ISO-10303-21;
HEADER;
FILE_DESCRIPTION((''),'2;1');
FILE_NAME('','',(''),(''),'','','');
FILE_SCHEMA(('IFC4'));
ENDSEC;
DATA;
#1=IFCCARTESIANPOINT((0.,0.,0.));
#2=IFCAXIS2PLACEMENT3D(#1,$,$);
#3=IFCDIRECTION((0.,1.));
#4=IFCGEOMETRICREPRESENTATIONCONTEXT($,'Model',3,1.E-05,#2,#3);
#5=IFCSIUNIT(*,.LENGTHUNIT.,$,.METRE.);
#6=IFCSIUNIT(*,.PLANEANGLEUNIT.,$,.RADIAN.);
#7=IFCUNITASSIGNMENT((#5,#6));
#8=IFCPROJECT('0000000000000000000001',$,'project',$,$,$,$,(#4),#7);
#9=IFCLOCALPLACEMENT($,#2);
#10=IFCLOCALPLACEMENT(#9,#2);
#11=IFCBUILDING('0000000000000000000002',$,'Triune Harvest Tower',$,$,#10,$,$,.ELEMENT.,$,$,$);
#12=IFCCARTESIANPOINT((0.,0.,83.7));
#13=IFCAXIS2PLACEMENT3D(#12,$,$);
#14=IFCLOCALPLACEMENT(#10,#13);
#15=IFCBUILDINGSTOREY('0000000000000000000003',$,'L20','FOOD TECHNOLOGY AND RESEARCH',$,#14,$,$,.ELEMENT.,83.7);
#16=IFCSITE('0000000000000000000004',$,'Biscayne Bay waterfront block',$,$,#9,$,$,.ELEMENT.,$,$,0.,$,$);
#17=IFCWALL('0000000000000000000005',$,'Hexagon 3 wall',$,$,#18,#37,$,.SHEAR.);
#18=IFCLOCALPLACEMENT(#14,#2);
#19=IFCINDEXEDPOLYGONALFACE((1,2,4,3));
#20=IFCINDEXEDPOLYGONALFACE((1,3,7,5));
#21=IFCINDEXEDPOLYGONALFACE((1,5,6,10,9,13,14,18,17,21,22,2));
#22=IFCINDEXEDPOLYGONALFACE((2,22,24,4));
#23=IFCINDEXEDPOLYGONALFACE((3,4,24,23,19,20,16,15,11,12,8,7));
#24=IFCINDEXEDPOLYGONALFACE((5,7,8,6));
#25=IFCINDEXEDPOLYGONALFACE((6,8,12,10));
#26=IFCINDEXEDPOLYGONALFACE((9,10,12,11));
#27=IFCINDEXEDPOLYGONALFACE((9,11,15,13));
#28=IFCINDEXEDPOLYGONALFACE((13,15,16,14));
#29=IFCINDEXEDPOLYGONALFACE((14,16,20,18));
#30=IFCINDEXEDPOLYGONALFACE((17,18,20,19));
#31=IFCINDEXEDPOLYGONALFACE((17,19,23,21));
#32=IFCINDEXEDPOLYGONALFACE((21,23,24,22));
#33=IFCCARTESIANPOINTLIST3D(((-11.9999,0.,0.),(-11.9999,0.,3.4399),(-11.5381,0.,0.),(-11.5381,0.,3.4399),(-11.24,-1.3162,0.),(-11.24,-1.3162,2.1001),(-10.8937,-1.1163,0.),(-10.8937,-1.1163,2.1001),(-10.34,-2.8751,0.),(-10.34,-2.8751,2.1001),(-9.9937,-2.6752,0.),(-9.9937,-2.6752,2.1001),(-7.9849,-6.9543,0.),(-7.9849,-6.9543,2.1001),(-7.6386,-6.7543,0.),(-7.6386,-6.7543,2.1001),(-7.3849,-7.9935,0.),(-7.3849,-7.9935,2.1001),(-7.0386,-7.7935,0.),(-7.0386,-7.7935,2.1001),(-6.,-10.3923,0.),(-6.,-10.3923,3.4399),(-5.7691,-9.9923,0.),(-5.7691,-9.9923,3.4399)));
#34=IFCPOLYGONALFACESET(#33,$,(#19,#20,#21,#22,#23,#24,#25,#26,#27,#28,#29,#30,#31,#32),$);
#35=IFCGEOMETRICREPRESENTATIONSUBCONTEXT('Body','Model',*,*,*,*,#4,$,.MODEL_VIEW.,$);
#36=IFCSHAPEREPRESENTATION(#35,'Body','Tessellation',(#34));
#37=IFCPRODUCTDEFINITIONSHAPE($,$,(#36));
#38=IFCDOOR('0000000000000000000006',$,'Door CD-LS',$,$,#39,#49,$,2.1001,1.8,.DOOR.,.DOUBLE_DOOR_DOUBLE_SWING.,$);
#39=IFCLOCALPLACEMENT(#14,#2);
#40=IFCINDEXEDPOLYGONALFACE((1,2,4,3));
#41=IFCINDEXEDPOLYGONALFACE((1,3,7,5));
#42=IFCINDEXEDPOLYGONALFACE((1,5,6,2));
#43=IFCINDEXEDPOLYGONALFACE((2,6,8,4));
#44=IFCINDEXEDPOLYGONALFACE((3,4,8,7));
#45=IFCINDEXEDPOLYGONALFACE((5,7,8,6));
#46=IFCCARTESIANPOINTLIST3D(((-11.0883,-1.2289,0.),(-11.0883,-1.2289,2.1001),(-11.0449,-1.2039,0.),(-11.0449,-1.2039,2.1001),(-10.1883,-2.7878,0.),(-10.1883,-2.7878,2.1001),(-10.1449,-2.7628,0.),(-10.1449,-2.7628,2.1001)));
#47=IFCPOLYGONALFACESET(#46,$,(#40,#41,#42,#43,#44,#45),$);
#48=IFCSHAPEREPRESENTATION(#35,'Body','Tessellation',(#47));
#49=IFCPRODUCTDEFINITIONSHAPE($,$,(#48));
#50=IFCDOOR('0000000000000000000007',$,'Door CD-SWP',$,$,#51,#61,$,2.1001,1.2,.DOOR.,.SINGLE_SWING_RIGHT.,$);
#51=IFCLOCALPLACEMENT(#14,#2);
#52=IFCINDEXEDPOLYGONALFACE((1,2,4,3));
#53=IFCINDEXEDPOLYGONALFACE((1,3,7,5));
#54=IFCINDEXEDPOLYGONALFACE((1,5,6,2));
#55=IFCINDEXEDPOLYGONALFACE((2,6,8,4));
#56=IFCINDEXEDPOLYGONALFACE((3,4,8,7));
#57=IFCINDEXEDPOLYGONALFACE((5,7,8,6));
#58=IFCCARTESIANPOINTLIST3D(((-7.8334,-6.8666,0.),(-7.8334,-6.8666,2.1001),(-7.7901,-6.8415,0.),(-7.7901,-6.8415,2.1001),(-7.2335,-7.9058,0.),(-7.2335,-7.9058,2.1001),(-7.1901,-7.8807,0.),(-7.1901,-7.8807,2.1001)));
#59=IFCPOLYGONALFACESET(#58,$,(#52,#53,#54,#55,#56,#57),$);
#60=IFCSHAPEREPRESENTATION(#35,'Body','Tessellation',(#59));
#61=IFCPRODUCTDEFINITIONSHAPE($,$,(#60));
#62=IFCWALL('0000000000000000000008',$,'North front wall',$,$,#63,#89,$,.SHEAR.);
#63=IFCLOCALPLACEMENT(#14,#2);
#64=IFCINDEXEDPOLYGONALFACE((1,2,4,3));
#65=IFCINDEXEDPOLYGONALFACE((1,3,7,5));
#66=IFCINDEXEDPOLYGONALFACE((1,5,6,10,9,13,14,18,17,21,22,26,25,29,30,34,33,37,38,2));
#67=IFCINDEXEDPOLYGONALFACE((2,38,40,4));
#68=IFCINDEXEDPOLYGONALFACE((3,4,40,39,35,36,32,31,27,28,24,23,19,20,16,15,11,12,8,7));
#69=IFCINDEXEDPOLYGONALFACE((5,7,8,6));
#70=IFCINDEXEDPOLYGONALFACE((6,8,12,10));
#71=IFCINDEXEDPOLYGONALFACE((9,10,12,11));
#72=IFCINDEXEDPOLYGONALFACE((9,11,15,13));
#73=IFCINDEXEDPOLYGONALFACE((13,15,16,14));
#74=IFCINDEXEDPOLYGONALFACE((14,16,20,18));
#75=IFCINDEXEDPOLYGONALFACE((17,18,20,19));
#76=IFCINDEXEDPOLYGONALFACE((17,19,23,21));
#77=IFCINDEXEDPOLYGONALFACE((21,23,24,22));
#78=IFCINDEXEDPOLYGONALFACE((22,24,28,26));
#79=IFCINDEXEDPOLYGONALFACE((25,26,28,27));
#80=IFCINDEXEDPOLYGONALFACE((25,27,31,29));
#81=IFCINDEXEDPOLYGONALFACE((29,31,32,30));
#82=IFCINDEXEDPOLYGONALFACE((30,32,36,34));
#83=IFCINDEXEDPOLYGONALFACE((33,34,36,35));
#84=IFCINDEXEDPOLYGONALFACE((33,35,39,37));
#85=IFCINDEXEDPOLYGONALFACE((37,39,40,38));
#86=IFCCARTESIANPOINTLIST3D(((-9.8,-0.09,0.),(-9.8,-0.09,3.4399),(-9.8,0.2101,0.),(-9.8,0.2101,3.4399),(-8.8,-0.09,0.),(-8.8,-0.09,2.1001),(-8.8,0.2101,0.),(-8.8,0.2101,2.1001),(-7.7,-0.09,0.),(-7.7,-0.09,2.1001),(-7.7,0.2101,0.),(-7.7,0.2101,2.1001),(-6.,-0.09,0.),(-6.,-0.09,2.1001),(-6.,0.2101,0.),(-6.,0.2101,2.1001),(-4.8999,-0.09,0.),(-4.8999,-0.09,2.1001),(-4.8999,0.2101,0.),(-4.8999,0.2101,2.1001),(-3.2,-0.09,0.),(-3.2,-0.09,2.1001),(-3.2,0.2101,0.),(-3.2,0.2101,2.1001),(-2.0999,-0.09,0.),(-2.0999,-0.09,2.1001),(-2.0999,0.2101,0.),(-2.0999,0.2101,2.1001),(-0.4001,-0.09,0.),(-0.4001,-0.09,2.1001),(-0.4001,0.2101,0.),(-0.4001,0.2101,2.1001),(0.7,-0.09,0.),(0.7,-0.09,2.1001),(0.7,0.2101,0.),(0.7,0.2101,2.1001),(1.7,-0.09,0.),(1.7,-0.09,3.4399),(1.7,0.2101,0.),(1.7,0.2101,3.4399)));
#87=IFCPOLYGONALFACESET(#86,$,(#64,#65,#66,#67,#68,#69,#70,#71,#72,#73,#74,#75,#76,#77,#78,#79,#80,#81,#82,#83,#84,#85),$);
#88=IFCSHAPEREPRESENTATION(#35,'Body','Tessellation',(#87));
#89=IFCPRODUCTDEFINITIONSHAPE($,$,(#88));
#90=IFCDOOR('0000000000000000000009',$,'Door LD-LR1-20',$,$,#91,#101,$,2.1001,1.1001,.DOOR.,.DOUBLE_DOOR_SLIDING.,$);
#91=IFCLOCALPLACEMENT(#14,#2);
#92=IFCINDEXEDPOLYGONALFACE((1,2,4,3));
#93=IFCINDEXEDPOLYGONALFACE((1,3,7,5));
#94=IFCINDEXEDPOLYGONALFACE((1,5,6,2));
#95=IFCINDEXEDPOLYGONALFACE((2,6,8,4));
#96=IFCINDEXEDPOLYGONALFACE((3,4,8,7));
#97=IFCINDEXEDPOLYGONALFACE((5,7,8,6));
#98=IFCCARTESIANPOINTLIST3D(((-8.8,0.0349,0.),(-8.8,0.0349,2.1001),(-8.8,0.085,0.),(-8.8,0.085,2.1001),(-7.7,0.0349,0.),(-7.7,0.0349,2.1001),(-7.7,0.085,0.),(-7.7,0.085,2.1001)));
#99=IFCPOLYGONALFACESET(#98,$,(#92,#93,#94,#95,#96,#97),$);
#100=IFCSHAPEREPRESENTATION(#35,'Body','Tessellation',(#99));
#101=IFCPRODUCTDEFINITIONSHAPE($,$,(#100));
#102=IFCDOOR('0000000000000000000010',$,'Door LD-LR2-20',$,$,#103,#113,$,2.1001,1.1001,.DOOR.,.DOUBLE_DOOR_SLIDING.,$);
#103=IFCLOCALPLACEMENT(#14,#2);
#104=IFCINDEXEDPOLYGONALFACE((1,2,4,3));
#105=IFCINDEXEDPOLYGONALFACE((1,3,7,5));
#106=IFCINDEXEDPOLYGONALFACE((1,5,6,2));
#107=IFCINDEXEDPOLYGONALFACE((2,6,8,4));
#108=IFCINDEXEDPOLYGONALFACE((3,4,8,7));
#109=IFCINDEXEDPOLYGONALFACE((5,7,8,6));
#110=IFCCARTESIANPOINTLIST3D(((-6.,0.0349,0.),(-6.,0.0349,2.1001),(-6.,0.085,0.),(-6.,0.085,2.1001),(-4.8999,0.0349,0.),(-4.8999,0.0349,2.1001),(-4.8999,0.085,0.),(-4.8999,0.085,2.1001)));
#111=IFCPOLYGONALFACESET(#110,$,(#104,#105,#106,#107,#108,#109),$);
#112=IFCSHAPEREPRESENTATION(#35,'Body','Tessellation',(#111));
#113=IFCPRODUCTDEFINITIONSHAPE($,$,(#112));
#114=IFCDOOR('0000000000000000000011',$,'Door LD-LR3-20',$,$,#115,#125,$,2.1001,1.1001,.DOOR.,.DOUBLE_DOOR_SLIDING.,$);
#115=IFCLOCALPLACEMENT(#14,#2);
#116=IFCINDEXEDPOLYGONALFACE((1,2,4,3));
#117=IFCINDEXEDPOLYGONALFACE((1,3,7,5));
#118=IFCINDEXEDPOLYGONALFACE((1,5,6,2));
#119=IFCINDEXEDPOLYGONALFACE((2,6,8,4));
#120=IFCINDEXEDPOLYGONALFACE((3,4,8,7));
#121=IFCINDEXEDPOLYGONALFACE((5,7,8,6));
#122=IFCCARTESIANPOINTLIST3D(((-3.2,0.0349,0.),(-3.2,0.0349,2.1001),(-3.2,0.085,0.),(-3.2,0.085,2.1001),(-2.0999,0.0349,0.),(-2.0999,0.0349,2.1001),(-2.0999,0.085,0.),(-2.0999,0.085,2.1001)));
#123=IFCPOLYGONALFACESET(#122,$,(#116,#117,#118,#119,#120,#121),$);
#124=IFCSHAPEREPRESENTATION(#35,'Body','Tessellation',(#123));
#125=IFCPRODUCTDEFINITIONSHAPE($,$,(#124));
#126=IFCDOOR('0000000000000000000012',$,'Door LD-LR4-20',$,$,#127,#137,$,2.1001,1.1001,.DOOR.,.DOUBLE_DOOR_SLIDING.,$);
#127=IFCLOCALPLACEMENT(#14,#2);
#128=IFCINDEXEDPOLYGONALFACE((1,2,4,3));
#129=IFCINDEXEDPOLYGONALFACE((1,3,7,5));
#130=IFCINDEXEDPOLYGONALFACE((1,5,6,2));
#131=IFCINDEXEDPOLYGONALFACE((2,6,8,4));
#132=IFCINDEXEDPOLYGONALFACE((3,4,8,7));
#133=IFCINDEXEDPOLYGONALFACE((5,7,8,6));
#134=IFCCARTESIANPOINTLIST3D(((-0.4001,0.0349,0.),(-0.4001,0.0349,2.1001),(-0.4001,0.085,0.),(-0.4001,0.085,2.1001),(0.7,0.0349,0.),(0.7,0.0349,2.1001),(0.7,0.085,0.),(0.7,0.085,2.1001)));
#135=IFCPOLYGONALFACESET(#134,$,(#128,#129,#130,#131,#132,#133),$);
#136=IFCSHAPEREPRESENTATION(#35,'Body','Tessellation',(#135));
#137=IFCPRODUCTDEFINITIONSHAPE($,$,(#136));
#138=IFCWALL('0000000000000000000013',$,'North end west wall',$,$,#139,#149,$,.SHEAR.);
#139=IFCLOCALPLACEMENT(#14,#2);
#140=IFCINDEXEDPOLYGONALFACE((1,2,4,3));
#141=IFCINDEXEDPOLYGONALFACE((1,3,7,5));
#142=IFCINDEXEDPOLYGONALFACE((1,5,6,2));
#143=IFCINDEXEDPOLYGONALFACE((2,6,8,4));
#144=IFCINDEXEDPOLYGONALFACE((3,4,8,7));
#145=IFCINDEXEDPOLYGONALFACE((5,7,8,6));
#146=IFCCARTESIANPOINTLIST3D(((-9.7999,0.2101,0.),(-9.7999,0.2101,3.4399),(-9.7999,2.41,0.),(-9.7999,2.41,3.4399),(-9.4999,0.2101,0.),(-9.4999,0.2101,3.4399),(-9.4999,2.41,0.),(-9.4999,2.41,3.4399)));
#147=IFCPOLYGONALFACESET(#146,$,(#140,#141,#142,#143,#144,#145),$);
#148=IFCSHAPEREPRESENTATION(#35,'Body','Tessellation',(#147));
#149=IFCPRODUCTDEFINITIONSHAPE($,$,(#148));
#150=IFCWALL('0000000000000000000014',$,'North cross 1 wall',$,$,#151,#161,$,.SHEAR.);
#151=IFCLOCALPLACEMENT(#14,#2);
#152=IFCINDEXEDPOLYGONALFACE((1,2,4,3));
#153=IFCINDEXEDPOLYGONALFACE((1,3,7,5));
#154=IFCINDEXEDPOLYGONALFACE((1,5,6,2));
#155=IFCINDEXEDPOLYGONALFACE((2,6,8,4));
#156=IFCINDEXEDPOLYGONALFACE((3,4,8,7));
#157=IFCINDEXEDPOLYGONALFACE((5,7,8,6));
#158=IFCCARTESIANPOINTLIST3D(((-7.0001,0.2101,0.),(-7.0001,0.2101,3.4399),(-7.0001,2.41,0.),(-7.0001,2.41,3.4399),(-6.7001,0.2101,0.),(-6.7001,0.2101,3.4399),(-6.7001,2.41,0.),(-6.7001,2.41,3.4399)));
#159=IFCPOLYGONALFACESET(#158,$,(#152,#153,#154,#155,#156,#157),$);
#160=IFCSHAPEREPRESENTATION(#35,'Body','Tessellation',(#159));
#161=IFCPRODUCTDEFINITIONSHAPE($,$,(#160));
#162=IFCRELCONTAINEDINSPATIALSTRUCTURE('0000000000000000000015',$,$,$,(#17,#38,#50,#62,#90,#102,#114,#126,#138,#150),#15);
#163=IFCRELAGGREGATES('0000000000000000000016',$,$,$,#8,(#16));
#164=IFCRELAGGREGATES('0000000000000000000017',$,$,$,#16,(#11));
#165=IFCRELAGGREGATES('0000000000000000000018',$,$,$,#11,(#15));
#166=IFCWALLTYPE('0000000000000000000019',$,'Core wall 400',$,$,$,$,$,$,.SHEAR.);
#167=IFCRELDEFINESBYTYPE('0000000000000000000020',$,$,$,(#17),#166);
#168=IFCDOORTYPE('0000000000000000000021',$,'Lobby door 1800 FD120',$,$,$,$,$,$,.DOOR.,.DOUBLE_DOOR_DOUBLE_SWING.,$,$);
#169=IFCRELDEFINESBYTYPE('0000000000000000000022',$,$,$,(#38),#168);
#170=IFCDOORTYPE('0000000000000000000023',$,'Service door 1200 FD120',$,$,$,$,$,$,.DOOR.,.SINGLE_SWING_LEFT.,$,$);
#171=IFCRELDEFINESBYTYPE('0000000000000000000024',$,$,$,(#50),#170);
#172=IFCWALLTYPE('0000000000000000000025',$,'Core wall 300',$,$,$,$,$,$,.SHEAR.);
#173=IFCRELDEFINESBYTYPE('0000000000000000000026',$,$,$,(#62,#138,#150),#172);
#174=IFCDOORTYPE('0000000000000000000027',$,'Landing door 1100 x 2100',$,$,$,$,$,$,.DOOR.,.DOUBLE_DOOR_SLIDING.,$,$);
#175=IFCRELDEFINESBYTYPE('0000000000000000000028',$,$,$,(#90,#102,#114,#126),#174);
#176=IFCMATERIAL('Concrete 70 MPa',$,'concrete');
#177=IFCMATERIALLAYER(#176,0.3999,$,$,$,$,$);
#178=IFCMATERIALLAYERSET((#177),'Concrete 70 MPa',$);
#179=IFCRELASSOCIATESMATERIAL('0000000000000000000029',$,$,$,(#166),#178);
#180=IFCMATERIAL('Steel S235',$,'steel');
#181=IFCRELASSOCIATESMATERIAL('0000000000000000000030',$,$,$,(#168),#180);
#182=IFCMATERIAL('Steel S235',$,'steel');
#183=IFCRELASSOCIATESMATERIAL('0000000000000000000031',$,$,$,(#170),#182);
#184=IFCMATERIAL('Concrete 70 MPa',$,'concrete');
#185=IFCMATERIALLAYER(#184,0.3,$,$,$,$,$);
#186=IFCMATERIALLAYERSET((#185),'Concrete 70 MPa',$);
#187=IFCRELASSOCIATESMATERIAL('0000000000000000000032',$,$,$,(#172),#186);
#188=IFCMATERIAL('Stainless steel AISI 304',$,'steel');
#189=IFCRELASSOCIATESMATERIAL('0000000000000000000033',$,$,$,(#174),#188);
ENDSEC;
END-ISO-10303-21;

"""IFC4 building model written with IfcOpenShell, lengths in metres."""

from ifc_helpers import new_model, si_unit, direction, frame, frame_2d, origin, place, context, subcontext, project, spatial, polyline, rectangle, outline, extrude, source, transform, mapped, material, layer, layer_set, type_object, element, fill, save


model = new_model("IFC4")

# Units and contexts
model_context = context("Model", 3, precision=1e-05, world=origin(), true_north=direction((0.0, 1.0)))
body_context = subcontext(model_context, "Body", "Model", "MODEL_VIEW")
ifc_project = project(units=[si_unit("LENGTHUNIT", "METRE"), si_unit("PLANEANGLEUNIT", "RADIAN")], contexts=[model_context])

# Site, building, storey
site_placement = place(None, origin())
site = spatial("IfcSite", under=ifc_project, at=site_placement, Name="Biscayne Bay waterfront block", CompositionType="ELEMENT", RefElevation=0.0)
building_placement = place(site_placement, origin())
building = spatial("IfcBuilding", under=site, at=building_placement, Name="Triune Harvest Tower", CompositionType="ELEMENT")
storey_placement = place(building_placement, frame((0.0, 0.0, 83.7)))
storey = spatial("IfcBuildingStorey", under=building, at=storey_placement, Name="L20", Description="FOOD TECHNOLOGY AND RESEARCH", CompositionType="ELEMENT", Elevation=83.7)

# Walls, openings, doors
ifc_material_1 = material(Name="Concrete 70 MPa", Category="concrete")
ifc_layer_1 = layer(ifc_material_1, 0.3999)
ifc_layer_set_1 = layer_set([ifc_layer_1], Name="Concrete 70 MPa")
wall_type_1 = type_object("IfcWallType", Name="Core wall 400", PredefinedType="SHEAR", material=ifc_layer_set_1)
shared_shape_1 = source(origin(), body_context, "Body", "SweptSolid", [
    extrude(outline(polyline([(-0.1155, -0.2), (11.8845, -0.2), (11.6536, 0.2), (0.1155, 0.2), (-0.1155, -0.2)])), origin(), (0.0, 0.0, 1.0), 3.4399),
])
wall_1_placement = place(storey_placement, frame((-11.769, 0.0, 0.0), z_axis=(0.0, 0.0, 1.0), x_axis=(0.499997, -0.866027, 0.0)))
wall_1 = element("IfcWall", 1, at=wall_1_placement, inside=storey, type_object=wall_type_1, Name="Hexagon 3 wall", PredefinedType="SHEAR", context=body_context, shape_type="MappedRepresentation", body=[
    mapped(shared_shape_1, transform((0.0, 0.0, 0.0), scale=1.0)),
])
opening_1_placement = place(wall_1_placement, frame((1.4045, 0.0, 0.0)))
opening_1 = element("IfcOpeningElement", 2, at=opening_1_placement, cuts=wall_1, PredefinedType="OPENING", context=body_context, shape_type="SweptSolid", body=[
    extrude(rectangle(XDim=1.8, YDim=2.1001, at=frame_2d((0.8999, 1.05))), frame((0.0, 0.21, 0.0), z_axis=(0.0, -1.0, 0.0), x_axis=(1.0, 0.0, 0.0)), (0.0, 0.0, 1.0), 0.4199),
])
opening_2_placement = place(wall_1_placement, frame((7.9146, 0.0, 0.0)))
opening_2 = element("IfcOpeningElement", 3, at=opening_2_placement, cuts=wall_1, PredefinedType="OPENING", context=body_context, shape_type="SweptSolid", body=[
    extrude(rectangle(XDim=1.2, YDim=2.1001, at=frame_2d((0.6001, 1.05))), frame((0.0, 0.21, 0.0), z_axis=(0.0, -1.0, 0.0), x_axis=(1.0, 0.0, 0.0)), (0.0, 0.0, 1.0), 0.4199),
])
ifc_material_2 = material(Name="Steel S235", Category="steel")
door_type_1 = type_object("IfcDoorType", Name="Lobby door 1800 FD120", OperationType="DOUBLE_DOOR_DOUBLE_SWING", PredefinedType="DOOR", material=ifc_material_2)
door_1_placement = place(opening_1_placement, frame((1.8, 0.0, 0.0), z_axis=(0.0, 0.0, 1.0), x_axis=(-1.0, 0.0, 0.0)))
door_1 = element("IfcDoor", 4, at=door_1_placement, inside=storey, type_object=door_type_1, Name="Door CD-LS", OperationType="DOUBLE_DOOR_DOUBLE_SWING", OverallHeight=2.1001, OverallWidth=1.8, PredefinedType="DOOR", context=body_context, shape_type="SweptSolid", body=[
    extrude(rectangle(XDim=1.8, YDim=2.1001, at=frame_2d((0.8999, 1.05))), frame((0.0, 0.0249, 0.0), z_axis=(0.0, -1.0, 0.0), x_axis=(1.0, 0.0, 0.0)), (0.0, 0.0, 1.0), 0.05),
])
fill(opening_1, door_1)
ifc_material_3 = material(Name="Steel S235", Category="steel")
door_type_2 = type_object("IfcDoorType", Name="Service door 1200 FD120", OperationType="SINGLE_SWING_LEFT", PredefinedType="DOOR", material=ifc_material_3)
door_2_placement = place(opening_2_placement, frame((1.2, 0.0, 0.0), z_axis=(0.0, 0.0, 1.0), x_axis=(-1.0, 0.0, 0.0)))
door_2 = element("IfcDoor", 5, at=door_2_placement, inside=storey, type_object=door_type_2, Name="Door CD-SWP", OperationType="SINGLE_SWING_RIGHT", OverallHeight=2.1001, OverallWidth=1.2, PredefinedType="DOOR", context=body_context, shape_type="SweptSolid", body=[
    extrude(rectangle(XDim=1.2, YDim=2.1001, at=frame_2d((0.6001, 1.05))), frame((0.0, 0.0249, 0.0), z_axis=(0.0, -1.0, 0.0), x_axis=(1.0, 0.0, 0.0)), (0.0, 0.0, 1.0), 0.05),
])
fill(opening_2, door_2)
ifc_material_4 = material(Name="Concrete 70 MPa", Category="concrete")
ifc_layer_2 = layer(ifc_material_4, 0.3)
ifc_layer_set_2 = layer_set([ifc_layer_2], Name="Concrete 70 MPa")
wall_type_2 = type_object("IfcWallType", Name="Core wall 300", PredefinedType="SHEAR", material=ifc_layer_set_2)
shared_shape_2 = source(origin(), body_context, "Body", "SweptSolid", [
    extrude(rectangle(XDim=11.5, YDim=0.3, at=frame_2d((5.75, 0.0))), origin(), (0.0, 0.0, 1.0), 3.4399),
])
wall_2_placement = place(storey_placement, frame((-9.8, 0.0601, 0.0), z_axis=(0.0, 0.0, 1.0), x_axis=(1.0, 0.0, 0.0)))
wall_2 = element("IfcWall", 6, at=wall_2_placement, inside=storey, type_object=wall_type_2, Name="North front wall", PredefinedType="SHEAR", context=body_context, shape_type="MappedRepresentation", body=[
    mapped(shared_shape_2, transform((0.0, 0.0, 0.0), scale=1.0)),
])
opening_3_placement = place(wall_2_placement, frame((1.0, 0.0, 0.0)))
opening_3 = element("IfcOpeningElement", 7, at=opening_3_placement, cuts=wall_2, PredefinedType="OPENING", context=body_context, shape_type="SweptSolid", body=[
    extrude(rectangle(XDim=1.1001, YDim=2.1001, at=frame_2d((0.55, 1.05))), frame((0.0, 0.1602, 0.0), z_axis=(0.0, -1.0, 0.0), x_axis=(1.0, 0.0, 0.0)), (0.0, 0.0, 1.0), 0.3201),
])
opening_4_placement = place(wall_2_placement, frame((3.8, 0.0, 0.0)))
opening_4 = element("IfcOpeningElement", 8, at=opening_4_placement, cuts=wall_2, PredefinedType="OPENING", context=body_context, shape_type="SweptSolid", body=[
    extrude(rectangle(XDim=1.1001, YDim=2.1001, at=frame_2d((0.55, 1.05))), frame((0.0, 0.1602, 0.0), z_axis=(0.0, -1.0, 0.0), x_axis=(1.0, 0.0, 0.0)), (0.0, 0.0, 1.0), 0.3201),
])
opening_5_placement = place(wall_2_placement, frame((6.6001, 0.0, 0.0)))
opening_5 = element("IfcOpeningElement", 9, at=opening_5_placement, cuts=wall_2, PredefinedType="OPENING", context=body_context, shape_type="SweptSolid", body=[
    extrude(rectangle(XDim=1.1001, YDim=2.1001, at=frame_2d((0.55, 1.05))), frame((0.0, 0.1602, 0.0), z_axis=(0.0, -1.0, 0.0), x_axis=(1.0, 0.0, 0.0)), (0.0, 0.0, 1.0), 0.3201),
])
opening_6_placement = place(wall_2_placement, frame((9.3999, 0.0, 0.0)))
opening_6 = element("IfcOpeningElement", 10, at=opening_6_placement, cuts=wall_2, PredefinedType="OPENING", context=body_context, shape_type="SweptSolid", body=[
    extrude(rectangle(XDim=1.1001, YDim=2.1001, at=frame_2d((0.55, 1.05))), frame((0.0, 0.1602, 0.0), z_axis=(0.0, -1.0, 0.0), x_axis=(1.0, 0.0, 0.0)), (0.0, 0.0, 1.0), 0.3201),
])
ifc_material_5 = material(Name="Stainless steel AISI 304", Category="steel")
door_type_3 = type_object("IfcDoorType", Name="Landing door 1100 x 2100", OperationType="DOUBLE_DOOR_SLIDING", PredefinedType="DOOR", material=ifc_material_5)
door_3_placement = place(opening_3_placement, origin())
door_3 = element("IfcDoor", 11, at=door_3_placement, inside=storey, type_object=door_type_3, Name="Door LD-LR1-20", OperationType="DOUBLE_DOOR_SLIDING", OverallHeight=2.1001, OverallWidth=1.1001, PredefinedType="DOOR", context=body_context, shape_type="SweptSolid", body=[
    extrude(rectangle(XDim=1.1001, YDim=2.1001, at=frame_2d((0.55, 1.05))), frame((0.0, 0.0249, 0.0), z_axis=(0.0, -1.0, 0.0), x_axis=(1.0, 0.0, 0.0)), (0.0, 0.0, 1.0), 0.05),
])
fill(opening_3, door_3)
door_4_placement = place(opening_4_placement, origin())
door_4 = element("IfcDoor", 12, at=door_4_placement, inside=storey, type_object=door_type_3, Name="Door LD-LR2-20", OperationType="DOUBLE_DOOR_SLIDING", OverallHeight=2.1001, OverallWidth=1.1001, PredefinedType="DOOR", context=body_context, shape_type="SweptSolid", body=[
    extrude(rectangle(XDim=1.1001, YDim=2.1001, at=frame_2d((0.55, 1.05))), frame((0.0, 0.0249, 0.0), z_axis=(0.0, -1.0, 0.0), x_axis=(1.0, 0.0, 0.0)), (0.0, 0.0, 1.0), 0.05),
])
fill(opening_4, door_4)
door_5_placement = place(opening_5_placement, origin())
door_5 = element("IfcDoor", 13, at=door_5_placement, inside=storey, type_object=door_type_3, Name="Door LD-LR3-20", OperationType="DOUBLE_DOOR_SLIDING", OverallHeight=2.1001, OverallWidth=1.1001, PredefinedType="DOOR", context=body_context, shape_type="SweptSolid", body=[
    extrude(rectangle(XDim=1.1001, YDim=2.1001, at=frame_2d((0.55, 1.05))), frame((0.0, 0.0249, 0.0), z_axis=(0.0, -1.0, 0.0), x_axis=(1.0, 0.0, 0.0)), (0.0, 0.0, 1.0), 0.05),
])
fill(opening_5, door_5)
door_6_placement = place(opening_6_placement, origin())
door_6 = element("IfcDoor", 14, at=door_6_placement, inside=storey, type_object=door_type_3, Name="Door LD-LR4-20", OperationType="DOUBLE_DOOR_SLIDING", OverallHeight=2.1001, OverallWidth=1.1001, PredefinedType="DOOR", context=body_context, shape_type="SweptSolid", body=[
    extrude(rectangle(XDim=1.1001, YDim=2.1001, at=frame_2d((0.55, 1.05))), frame((0.0, 0.0249, 0.0), z_axis=(0.0, -1.0, 0.0), x_axis=(1.0, 0.0, 0.0)), (0.0, 0.0, 1.0), 0.05),
])
fill(opening_6, door_6)

# Walls
shared_shape_3 = source(origin(), body_context, "Body", "SweptSolid", [
    extrude(rectangle(XDim=2.2, YDim=0.3, at=frame_2d((1.1001, 0.0))), origin(), (0.0, 0.0, 1.0), 3.4399),
])
for number, where, z_axis, x_axis, name in (
    (15, (-9.6499, 0.21, 0.0), (0.0, 0.0, 1.0), (0.0, 1.0, 0.0), "North end west wall"),
    (16, (-6.8501, 0.21, 0.0), (0.0, 0.0, 1.0), (0.0, 1.0, 0.0), "North cross 1 wall"),
):
    element("IfcWall", number, at=place(storey_placement, frame(where, z_axis=z_axis, x_axis=x_axis)), inside=storey, type_object=wall_type_2, Name=name, PredefinedType="SHEAR", context=body_context, shape_type="MappedRepresentation", body=[
        mapped(shared_shape_3, transform((0.0, 0.0, 0.0), scale=1.0)),
    ])

save(model, "model.ifc")
